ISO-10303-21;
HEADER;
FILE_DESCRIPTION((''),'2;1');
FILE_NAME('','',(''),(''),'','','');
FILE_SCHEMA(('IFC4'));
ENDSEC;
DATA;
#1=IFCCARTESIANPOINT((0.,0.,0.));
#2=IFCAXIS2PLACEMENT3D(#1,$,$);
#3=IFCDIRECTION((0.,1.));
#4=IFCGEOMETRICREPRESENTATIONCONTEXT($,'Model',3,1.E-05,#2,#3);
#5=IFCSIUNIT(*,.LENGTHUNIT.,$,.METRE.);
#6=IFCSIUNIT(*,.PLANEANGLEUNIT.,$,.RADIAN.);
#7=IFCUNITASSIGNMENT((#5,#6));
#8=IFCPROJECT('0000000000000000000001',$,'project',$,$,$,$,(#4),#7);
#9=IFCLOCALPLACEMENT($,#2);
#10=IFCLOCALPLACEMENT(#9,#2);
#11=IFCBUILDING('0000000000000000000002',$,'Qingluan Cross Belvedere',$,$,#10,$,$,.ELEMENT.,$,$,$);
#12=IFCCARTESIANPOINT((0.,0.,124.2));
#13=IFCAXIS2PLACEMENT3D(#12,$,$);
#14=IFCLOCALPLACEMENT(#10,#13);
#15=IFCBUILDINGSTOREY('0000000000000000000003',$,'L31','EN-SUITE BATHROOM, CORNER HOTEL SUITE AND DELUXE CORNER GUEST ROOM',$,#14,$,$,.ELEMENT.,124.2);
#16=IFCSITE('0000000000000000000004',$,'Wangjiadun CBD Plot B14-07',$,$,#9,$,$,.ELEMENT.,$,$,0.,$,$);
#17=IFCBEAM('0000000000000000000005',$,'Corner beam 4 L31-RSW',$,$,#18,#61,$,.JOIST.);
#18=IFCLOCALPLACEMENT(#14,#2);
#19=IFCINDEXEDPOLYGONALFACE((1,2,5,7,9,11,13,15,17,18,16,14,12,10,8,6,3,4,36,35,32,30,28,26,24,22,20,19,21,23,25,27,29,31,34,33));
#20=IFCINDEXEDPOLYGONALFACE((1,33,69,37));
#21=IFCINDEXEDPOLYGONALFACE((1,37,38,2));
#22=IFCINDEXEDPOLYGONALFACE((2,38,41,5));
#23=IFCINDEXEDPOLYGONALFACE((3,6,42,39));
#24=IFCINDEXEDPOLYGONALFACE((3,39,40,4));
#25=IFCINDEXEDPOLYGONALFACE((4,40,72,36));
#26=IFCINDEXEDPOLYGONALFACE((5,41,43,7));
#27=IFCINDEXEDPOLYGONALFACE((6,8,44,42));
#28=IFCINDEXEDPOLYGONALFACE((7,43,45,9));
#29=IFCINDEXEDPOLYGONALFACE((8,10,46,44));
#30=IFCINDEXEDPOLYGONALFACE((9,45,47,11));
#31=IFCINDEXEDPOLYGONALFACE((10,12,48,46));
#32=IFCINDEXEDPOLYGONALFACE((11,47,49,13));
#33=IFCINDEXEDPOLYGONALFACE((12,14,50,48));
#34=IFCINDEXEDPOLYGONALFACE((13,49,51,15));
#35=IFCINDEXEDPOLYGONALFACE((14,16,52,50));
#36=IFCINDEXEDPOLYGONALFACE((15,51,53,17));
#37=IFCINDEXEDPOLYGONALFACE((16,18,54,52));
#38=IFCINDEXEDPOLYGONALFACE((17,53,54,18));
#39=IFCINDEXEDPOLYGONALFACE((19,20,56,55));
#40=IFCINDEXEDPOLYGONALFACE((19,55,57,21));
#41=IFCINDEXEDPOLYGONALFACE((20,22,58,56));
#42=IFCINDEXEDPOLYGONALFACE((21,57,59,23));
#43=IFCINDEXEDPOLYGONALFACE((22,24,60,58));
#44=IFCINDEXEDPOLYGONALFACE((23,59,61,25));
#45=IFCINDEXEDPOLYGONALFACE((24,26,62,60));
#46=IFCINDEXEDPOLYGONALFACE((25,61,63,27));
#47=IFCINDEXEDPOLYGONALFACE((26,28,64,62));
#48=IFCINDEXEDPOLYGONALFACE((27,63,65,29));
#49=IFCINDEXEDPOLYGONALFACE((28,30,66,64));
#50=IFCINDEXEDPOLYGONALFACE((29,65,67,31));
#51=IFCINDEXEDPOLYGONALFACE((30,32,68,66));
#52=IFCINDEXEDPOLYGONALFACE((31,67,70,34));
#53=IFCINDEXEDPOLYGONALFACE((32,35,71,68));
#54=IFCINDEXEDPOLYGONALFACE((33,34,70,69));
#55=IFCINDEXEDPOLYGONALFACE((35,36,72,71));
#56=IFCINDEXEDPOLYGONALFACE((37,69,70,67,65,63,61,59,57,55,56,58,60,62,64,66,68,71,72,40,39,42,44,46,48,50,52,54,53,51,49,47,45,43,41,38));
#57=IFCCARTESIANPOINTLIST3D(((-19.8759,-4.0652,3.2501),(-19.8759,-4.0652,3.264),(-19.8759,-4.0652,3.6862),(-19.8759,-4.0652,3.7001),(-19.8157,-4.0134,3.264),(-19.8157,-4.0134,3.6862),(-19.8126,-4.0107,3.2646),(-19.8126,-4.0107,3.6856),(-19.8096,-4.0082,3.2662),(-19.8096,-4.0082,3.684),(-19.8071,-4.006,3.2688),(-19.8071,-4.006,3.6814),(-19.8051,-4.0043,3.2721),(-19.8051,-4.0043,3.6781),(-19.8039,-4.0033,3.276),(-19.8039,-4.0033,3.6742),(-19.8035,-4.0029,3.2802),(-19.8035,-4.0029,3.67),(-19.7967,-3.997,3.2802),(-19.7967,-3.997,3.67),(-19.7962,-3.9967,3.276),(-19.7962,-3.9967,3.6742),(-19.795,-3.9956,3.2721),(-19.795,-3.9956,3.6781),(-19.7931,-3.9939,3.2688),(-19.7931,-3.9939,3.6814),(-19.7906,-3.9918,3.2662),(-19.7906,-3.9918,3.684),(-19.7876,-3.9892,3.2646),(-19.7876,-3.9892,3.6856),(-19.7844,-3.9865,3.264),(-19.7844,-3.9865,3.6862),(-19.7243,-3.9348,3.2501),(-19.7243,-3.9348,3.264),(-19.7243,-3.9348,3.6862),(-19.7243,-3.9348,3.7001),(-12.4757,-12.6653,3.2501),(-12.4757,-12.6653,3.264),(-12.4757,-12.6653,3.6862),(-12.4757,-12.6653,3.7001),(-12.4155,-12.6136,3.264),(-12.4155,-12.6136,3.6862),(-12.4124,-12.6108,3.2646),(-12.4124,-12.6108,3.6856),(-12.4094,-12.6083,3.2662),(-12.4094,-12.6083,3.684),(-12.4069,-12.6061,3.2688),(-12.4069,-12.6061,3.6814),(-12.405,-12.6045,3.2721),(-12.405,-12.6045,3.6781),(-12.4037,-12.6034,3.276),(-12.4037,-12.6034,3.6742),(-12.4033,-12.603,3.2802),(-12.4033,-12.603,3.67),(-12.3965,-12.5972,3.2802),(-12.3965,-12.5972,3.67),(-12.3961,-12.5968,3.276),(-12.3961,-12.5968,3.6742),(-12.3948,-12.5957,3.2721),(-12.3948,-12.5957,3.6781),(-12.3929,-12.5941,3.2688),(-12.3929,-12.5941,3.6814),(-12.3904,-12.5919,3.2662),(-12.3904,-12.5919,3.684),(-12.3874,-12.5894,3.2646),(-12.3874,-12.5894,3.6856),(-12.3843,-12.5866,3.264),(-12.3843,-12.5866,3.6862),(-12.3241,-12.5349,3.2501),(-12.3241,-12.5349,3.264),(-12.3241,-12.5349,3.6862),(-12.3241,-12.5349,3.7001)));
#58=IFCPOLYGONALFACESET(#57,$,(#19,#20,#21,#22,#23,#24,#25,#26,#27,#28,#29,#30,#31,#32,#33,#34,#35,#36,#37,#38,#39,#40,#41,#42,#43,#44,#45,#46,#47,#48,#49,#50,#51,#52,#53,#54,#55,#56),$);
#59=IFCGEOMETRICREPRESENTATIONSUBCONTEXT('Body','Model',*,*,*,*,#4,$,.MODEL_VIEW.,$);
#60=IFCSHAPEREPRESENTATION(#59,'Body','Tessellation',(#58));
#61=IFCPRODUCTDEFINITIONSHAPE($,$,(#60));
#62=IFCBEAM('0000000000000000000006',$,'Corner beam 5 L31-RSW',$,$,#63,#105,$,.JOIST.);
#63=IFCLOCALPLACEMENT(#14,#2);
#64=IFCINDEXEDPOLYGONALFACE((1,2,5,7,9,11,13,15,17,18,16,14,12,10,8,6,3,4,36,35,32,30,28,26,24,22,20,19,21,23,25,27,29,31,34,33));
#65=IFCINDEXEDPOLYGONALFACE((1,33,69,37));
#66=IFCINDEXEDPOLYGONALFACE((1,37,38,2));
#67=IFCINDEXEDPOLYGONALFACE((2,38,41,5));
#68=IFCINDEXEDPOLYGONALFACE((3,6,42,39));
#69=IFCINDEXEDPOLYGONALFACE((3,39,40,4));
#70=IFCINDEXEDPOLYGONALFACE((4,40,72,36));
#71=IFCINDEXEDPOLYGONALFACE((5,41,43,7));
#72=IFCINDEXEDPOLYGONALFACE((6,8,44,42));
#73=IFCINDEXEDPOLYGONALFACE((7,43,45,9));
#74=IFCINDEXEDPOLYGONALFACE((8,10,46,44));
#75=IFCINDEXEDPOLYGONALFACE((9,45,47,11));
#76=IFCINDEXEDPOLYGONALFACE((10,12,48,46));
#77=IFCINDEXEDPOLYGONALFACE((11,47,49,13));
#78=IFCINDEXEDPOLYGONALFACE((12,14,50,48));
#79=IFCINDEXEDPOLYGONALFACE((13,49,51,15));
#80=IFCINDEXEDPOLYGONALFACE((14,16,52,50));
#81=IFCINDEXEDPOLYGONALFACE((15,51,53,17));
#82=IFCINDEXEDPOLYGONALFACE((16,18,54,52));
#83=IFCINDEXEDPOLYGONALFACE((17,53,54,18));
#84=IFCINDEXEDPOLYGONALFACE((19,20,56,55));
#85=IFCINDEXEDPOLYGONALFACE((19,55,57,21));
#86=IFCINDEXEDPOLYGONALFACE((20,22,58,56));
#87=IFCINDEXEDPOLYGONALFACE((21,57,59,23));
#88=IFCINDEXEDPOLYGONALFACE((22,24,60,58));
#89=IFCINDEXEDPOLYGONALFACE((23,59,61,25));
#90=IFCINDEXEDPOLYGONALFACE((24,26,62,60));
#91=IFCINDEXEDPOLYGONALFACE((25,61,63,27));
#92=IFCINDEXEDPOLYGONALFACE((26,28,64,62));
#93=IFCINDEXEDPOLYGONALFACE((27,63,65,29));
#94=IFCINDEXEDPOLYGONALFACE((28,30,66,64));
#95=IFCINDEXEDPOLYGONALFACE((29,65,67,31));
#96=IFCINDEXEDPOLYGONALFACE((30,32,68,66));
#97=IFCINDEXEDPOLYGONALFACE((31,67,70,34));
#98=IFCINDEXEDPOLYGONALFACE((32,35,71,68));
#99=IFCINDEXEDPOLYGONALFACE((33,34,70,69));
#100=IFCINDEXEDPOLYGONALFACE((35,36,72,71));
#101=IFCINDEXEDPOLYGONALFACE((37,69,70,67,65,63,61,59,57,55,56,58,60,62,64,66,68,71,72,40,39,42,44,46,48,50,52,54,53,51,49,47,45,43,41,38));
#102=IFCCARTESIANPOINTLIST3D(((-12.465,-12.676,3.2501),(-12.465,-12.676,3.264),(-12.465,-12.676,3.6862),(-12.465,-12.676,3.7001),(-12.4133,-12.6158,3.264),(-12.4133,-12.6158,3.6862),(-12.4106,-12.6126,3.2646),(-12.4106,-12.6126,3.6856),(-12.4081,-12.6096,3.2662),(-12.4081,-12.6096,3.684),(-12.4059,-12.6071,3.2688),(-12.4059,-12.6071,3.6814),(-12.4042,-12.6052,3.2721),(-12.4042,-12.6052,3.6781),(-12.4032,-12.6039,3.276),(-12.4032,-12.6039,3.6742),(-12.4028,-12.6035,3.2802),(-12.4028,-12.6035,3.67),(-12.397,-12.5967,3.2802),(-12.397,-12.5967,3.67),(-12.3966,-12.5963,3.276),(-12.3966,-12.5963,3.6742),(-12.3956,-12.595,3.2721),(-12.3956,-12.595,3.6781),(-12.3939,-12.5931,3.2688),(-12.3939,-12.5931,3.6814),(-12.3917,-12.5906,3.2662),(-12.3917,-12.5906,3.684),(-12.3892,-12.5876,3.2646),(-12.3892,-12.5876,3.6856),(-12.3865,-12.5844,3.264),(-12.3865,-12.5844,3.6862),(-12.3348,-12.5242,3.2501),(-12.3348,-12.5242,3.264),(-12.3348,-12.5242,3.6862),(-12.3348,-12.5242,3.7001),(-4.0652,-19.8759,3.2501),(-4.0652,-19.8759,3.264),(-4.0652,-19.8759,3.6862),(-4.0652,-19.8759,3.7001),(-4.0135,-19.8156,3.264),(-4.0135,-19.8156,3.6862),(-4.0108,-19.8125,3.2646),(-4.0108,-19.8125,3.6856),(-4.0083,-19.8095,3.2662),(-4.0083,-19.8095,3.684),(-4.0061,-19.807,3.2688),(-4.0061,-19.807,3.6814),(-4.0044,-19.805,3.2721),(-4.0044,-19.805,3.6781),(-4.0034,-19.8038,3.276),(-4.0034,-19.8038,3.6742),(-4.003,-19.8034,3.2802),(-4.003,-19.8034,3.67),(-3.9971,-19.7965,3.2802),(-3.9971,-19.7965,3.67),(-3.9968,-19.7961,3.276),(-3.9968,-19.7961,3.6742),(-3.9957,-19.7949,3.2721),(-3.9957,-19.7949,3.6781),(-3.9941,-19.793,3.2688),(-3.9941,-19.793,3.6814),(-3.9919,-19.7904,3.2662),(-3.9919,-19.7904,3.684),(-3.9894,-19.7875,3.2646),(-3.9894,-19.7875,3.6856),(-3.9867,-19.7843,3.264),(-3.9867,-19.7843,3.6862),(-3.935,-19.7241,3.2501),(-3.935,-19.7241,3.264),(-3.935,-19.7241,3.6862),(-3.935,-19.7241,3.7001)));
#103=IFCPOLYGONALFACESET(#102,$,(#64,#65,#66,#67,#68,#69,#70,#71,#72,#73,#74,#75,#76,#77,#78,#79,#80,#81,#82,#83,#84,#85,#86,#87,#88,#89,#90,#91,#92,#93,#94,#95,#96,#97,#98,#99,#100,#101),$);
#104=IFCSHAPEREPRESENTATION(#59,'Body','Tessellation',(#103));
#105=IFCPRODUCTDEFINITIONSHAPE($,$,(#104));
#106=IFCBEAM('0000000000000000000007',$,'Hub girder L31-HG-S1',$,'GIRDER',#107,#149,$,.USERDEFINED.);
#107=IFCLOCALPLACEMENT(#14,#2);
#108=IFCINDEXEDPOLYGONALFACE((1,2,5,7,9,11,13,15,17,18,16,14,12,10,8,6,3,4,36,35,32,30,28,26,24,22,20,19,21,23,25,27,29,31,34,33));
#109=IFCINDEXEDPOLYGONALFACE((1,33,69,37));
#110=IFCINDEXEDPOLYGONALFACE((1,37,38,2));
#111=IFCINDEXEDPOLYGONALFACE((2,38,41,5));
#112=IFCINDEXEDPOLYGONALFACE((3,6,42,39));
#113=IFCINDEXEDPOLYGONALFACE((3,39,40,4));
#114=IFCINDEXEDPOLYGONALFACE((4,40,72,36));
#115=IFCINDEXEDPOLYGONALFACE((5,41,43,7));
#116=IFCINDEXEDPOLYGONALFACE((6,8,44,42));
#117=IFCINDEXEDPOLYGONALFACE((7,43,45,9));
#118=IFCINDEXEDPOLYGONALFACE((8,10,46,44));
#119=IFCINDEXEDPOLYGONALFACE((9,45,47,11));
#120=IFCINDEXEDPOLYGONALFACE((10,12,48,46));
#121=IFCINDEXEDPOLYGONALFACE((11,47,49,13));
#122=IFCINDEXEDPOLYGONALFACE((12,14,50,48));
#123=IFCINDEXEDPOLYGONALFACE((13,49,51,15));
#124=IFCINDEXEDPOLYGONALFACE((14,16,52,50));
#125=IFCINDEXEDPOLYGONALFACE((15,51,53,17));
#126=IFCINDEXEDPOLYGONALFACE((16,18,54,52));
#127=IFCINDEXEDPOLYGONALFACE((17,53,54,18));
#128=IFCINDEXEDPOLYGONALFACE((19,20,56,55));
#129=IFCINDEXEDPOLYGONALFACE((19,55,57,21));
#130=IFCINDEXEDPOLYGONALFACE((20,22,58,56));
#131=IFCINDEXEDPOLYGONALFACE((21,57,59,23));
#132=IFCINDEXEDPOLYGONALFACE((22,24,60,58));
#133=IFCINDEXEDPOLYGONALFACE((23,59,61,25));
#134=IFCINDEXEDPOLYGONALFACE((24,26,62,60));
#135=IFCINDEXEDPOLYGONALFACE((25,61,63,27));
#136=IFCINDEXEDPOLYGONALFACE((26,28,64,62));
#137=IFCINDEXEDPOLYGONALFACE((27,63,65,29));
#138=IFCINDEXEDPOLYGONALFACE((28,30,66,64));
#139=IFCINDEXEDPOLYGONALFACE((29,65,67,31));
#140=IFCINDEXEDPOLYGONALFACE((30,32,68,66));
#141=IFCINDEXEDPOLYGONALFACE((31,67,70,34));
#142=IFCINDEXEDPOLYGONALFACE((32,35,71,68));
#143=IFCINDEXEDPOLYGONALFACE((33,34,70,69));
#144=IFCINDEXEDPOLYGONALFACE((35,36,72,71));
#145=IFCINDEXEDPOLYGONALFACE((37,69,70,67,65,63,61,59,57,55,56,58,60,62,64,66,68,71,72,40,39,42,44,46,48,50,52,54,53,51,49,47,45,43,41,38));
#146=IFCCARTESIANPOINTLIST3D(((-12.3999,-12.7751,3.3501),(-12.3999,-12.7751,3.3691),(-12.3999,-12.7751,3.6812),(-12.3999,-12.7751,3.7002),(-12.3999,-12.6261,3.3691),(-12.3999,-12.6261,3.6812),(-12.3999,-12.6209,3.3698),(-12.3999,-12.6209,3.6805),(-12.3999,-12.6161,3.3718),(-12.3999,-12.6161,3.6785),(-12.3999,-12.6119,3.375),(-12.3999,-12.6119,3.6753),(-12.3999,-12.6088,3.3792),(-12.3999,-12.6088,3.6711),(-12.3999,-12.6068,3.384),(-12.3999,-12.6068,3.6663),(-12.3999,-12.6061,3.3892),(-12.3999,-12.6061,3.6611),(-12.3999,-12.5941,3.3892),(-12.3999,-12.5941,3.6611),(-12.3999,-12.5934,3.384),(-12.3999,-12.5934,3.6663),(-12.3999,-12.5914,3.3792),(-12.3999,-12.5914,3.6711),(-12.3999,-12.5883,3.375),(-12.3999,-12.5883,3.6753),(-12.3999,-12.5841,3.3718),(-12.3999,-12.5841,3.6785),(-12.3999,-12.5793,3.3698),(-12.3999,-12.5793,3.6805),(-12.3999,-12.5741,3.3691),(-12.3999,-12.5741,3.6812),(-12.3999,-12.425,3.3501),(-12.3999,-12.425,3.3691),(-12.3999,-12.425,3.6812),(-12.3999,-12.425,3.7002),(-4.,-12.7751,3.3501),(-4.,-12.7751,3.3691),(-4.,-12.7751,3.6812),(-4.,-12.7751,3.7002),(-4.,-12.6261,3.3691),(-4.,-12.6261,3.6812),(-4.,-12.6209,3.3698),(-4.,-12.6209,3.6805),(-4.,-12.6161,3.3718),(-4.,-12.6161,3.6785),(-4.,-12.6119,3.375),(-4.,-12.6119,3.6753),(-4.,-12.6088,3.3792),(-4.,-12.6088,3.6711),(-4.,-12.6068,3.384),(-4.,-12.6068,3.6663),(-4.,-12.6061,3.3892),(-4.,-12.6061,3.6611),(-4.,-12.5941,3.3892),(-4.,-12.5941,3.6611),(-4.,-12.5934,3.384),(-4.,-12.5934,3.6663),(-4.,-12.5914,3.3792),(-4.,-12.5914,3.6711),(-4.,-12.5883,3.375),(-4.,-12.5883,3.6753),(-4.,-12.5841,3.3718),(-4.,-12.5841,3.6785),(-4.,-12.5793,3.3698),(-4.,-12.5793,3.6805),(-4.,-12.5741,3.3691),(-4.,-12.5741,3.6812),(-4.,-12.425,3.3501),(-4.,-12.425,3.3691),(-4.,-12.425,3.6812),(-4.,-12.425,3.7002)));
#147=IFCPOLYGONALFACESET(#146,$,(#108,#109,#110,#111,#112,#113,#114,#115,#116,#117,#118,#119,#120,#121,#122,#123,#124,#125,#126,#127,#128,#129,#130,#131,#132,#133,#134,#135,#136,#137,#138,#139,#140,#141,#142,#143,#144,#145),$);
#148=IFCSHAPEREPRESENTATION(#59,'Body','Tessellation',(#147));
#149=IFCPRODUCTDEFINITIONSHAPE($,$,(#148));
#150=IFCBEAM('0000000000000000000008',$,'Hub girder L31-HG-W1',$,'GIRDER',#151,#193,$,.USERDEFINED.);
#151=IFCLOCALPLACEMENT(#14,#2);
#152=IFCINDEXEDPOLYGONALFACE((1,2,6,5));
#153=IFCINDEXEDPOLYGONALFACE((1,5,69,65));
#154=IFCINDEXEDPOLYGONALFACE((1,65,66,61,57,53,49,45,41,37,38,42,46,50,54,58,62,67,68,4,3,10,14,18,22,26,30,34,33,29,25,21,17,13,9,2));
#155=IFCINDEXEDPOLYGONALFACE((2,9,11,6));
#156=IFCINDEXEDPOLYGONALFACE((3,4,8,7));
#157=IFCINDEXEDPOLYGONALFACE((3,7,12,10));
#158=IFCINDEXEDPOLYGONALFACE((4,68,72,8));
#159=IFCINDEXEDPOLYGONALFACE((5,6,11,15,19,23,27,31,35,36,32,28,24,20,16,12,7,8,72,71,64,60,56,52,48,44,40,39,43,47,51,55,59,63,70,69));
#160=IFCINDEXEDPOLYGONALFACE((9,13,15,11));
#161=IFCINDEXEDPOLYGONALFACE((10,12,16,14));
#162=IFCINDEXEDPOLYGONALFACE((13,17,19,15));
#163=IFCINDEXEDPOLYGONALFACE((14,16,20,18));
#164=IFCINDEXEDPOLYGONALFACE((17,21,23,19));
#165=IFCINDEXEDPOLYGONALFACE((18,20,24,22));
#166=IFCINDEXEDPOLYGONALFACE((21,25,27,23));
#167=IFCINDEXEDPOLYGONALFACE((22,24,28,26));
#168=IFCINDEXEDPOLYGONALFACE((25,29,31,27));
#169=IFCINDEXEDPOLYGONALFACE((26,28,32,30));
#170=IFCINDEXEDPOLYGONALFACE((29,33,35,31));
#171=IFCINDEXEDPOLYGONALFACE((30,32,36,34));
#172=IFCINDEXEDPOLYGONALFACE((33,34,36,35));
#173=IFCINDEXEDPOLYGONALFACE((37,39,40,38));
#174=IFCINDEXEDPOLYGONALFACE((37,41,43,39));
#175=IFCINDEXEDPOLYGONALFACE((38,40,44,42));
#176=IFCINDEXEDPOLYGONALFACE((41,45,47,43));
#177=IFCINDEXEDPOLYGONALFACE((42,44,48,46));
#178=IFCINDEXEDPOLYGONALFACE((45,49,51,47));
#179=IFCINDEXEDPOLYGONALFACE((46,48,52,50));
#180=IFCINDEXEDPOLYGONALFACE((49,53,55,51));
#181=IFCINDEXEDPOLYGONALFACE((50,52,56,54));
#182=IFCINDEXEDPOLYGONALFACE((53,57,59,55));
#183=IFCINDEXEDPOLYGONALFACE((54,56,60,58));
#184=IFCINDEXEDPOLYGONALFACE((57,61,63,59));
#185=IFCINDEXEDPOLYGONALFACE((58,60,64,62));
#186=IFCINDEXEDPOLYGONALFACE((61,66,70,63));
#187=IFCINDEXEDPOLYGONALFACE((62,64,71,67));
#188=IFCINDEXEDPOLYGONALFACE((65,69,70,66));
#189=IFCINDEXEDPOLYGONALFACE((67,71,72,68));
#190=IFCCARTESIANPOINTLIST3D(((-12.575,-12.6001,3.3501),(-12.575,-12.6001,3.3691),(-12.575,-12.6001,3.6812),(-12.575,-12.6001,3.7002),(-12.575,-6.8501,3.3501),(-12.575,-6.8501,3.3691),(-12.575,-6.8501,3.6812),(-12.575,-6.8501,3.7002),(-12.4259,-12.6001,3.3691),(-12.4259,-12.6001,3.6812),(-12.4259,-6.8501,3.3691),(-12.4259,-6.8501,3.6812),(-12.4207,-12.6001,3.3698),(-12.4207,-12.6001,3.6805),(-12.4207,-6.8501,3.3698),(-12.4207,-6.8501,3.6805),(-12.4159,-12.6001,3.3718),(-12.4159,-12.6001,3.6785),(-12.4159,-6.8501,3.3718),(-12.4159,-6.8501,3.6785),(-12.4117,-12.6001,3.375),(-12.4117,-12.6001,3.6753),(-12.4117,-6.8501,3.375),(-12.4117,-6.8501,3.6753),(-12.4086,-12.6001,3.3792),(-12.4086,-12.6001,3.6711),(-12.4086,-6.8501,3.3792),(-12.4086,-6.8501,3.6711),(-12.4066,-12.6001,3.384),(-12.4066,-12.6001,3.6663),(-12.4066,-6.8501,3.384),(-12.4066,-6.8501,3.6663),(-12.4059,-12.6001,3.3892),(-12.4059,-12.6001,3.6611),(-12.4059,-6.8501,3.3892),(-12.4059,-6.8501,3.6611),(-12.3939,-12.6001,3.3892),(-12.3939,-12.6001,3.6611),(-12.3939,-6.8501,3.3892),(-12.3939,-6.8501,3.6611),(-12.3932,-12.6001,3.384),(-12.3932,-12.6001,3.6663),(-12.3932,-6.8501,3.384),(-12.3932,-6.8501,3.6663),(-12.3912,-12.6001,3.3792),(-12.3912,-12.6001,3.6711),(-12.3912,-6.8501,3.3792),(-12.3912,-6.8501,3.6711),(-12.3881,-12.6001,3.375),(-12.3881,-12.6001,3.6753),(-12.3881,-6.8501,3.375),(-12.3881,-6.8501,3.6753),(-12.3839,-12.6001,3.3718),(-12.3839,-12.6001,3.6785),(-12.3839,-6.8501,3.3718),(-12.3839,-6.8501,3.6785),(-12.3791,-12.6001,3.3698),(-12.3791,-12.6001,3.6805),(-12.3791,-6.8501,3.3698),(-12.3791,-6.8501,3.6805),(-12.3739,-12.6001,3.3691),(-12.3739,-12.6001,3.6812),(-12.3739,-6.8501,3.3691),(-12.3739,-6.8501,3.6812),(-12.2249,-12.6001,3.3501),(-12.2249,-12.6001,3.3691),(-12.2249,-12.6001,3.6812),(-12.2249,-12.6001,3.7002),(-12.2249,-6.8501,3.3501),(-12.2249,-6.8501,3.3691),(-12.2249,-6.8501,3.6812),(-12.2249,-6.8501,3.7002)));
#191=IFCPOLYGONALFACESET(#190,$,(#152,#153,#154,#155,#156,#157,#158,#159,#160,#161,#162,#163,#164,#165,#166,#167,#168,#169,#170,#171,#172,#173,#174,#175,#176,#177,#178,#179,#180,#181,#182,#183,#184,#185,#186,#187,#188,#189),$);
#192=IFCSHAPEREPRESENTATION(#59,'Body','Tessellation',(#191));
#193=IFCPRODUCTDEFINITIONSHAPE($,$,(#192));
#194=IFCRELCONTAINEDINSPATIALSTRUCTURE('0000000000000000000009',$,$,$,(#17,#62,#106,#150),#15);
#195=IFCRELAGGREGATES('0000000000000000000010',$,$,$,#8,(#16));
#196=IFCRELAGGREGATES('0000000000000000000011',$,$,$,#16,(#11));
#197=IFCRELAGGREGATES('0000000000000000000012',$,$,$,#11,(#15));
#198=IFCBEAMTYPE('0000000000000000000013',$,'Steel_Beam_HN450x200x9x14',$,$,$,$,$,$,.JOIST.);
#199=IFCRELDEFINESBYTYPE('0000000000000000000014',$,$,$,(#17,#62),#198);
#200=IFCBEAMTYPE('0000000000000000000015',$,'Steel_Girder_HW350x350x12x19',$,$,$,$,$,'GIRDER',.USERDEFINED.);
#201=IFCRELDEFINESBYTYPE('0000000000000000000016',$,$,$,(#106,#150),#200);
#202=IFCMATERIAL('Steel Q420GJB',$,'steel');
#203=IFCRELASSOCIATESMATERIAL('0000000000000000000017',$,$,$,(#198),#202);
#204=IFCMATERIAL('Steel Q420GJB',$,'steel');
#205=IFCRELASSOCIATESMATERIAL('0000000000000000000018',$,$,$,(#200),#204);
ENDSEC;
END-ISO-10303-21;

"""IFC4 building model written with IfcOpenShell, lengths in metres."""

from ifc_helpers import new_model, si_unit, direction, frame, origin, origin_2d, place, context, subcontext, project, spatial, i_section, extrude, material, material_profile, profile_set, type_object, element, save


model = new_model("IFC4")

# Units and contexts
model_context = context("Model", 3, precision=1e-05, world=origin(), true_north=direction((0.0, 1.0)))
body_context = subcontext(model_context, "Body", "Model", "MODEL_VIEW")
ifc_project = project(units=[si_unit("LENGTHUNIT", "METRE"), si_unit("PLANEANGLEUNIT", "RADIAN")], contexts=[model_context])

# Site, building, storey
site_placement = place(None, origin())
site = spatial("IfcSite", under=ifc_project, at=site_placement, Name="Wangjiadun CBD Plot B14-07", CompositionType="ELEMENT", RefElevation=0.0)
building_placement = place(site_placement, origin())
building = spatial("IfcBuilding", under=site, at=building_placement, Name="Qingluan Cross Belvedere", CompositionType="ELEMENT")
storey_placement = place(building_placement, frame((0.0, 0.0, 124.2)))
storey = spatial("IfcBuildingStorey", under=building, at=storey_placement, Name="L31", Description="EN-SUITE BATHROOM, CORNER HOTEL SUITE AND DELUXE CORNER GUEST ROOM", CompositionType="ELEMENT", Elevation=124.2)

# Beams
ifc_material_1 = material(Name="Steel Q420GJB", Category="steel")
ifc_material_profile_1 = material_profile(ifc_material_1, i_section(OverallWidth=0.2, OverallDepth=0.45, WebThickness=0.009, FlangeThickness=0.0139, FilletRadius=0.0161, at=origin_2d()), Name="HN450x200x9x14")
ifc_profile_set_1 = profile_set([ifc_material_profile_1], Name="Steel Q420GJB")
beam_type_1 = type_object("IfcBeamType", Name="Steel_Beam_HN450x200x9x14", PredefinedType="JOIST", material=ifc_profile_set_1)
beam_1_placement = place(storey_placement, frame((-12.3999, -12.6001, 3.4751), z_axis=(-0.652245, 0.758008, 0.0), x_axis=(-0.758008, -0.652245, 0.0)))
element("IfcBeam", 1, at=beam_1_placement, inside=storey, type_object=beam_type_1, Name="Corner beam 4 L31-RSW", PredefinedType="JOIST", context=body_context, shape_type="SweptSolid", body=[
    extrude(i_section(OverallWidth=0.2, OverallDepth=0.45, WebThickness=0.009, FlangeThickness=0.0139, FilletRadius=0.0161, at=origin_2d()), origin(), (0.0, 0.0, 1.0), 11.3457),
])
beam_2_placement = place(storey_placement, frame((-12.3999, -12.6001, 3.4751), z_axis=(0.759255, -0.650793, 0.0), x_axis=(0.650793, 0.759255, 0.0)))
element("IfcBeam", 2, at=beam_2_placement, inside=storey, type_object=beam_type_1, Name="Corner beam 5 L31-RSW", PredefinedType="JOIST", context=body_context, shape_type="SweptSolid", body=[
    extrude(i_section(OverallWidth=0.2, OverallDepth=0.45, WebThickness=0.009, FlangeThickness=0.0139, FilletRadius=0.0161, at=origin_2d()), origin(), (0.0, 0.0, 1.0), 11.0632),
])
ifc_material_2 = material(Name="Steel Q420GJB", Category="steel")
ifc_material_profile_2 = material_profile(ifc_material_2, i_section(OverallWidth=0.3501, OverallDepth=0.3501, WebThickness=0.012, FlangeThickness=0.019, FilletRadius=0.02, at=origin_2d()), Name="HW350x350x12x19")
ifc_profile_set_2 = profile_set([ifc_material_profile_2], Name="Steel Q420GJB")
beam_type_2 = type_object("IfcBeamType", Name="Steel_Girder_HW350x350x12x19", ElementType="GIRDER", PredefinedType="USERDEFINED", material=ifc_profile_set_2)
beam_3_placement = place(storey_placement, frame((-12.3999, -12.6001, 3.5251), z_axis=(1.0, 0.0, 0.0), x_axis=(0.0, 1.0, 0.0)))
element("IfcBeam", 3, at=beam_3_placement, inside=storey, type_object=beam_type_2, Name="Hub girder L31-HG-S1", ObjectType="GIRDER", PredefinedType="USERDEFINED", context=body_context, shape_type="SweptSolid", body=[
    extrude(i_section(OverallWidth=0.3501, OverallDepth=0.3501, WebThickness=0.012, FlangeThickness=0.019, FilletRadius=0.02, at=origin_2d()), origin(), (0.0, 0.0, 1.0), 8.3999),
])
beam_4_placement = place(storey_placement, frame((-12.3999, -12.6001, 3.5251), z_axis=(0.0, 1.0, 0.0), x_axis=(-1.0, 0.0, 0.0)))
element("IfcBeam", 4, at=beam_4_placement, inside=storey, type_object=beam_type_2, Name="Hub girder L31-HG-W1", ObjectType="GIRDER", PredefinedType="USERDEFINED", context=body_context, shape_type="SweptSolid", body=[
    extrude(i_section(OverallWidth=0.3501, OverallDepth=0.3501, WebThickness=0.012, FlangeThickness=0.019, FilletRadius=0.02, at=origin_2d()), origin(), (0.0, 0.0, 1.0), 5.75),
])

save(model, "model.ifc")
